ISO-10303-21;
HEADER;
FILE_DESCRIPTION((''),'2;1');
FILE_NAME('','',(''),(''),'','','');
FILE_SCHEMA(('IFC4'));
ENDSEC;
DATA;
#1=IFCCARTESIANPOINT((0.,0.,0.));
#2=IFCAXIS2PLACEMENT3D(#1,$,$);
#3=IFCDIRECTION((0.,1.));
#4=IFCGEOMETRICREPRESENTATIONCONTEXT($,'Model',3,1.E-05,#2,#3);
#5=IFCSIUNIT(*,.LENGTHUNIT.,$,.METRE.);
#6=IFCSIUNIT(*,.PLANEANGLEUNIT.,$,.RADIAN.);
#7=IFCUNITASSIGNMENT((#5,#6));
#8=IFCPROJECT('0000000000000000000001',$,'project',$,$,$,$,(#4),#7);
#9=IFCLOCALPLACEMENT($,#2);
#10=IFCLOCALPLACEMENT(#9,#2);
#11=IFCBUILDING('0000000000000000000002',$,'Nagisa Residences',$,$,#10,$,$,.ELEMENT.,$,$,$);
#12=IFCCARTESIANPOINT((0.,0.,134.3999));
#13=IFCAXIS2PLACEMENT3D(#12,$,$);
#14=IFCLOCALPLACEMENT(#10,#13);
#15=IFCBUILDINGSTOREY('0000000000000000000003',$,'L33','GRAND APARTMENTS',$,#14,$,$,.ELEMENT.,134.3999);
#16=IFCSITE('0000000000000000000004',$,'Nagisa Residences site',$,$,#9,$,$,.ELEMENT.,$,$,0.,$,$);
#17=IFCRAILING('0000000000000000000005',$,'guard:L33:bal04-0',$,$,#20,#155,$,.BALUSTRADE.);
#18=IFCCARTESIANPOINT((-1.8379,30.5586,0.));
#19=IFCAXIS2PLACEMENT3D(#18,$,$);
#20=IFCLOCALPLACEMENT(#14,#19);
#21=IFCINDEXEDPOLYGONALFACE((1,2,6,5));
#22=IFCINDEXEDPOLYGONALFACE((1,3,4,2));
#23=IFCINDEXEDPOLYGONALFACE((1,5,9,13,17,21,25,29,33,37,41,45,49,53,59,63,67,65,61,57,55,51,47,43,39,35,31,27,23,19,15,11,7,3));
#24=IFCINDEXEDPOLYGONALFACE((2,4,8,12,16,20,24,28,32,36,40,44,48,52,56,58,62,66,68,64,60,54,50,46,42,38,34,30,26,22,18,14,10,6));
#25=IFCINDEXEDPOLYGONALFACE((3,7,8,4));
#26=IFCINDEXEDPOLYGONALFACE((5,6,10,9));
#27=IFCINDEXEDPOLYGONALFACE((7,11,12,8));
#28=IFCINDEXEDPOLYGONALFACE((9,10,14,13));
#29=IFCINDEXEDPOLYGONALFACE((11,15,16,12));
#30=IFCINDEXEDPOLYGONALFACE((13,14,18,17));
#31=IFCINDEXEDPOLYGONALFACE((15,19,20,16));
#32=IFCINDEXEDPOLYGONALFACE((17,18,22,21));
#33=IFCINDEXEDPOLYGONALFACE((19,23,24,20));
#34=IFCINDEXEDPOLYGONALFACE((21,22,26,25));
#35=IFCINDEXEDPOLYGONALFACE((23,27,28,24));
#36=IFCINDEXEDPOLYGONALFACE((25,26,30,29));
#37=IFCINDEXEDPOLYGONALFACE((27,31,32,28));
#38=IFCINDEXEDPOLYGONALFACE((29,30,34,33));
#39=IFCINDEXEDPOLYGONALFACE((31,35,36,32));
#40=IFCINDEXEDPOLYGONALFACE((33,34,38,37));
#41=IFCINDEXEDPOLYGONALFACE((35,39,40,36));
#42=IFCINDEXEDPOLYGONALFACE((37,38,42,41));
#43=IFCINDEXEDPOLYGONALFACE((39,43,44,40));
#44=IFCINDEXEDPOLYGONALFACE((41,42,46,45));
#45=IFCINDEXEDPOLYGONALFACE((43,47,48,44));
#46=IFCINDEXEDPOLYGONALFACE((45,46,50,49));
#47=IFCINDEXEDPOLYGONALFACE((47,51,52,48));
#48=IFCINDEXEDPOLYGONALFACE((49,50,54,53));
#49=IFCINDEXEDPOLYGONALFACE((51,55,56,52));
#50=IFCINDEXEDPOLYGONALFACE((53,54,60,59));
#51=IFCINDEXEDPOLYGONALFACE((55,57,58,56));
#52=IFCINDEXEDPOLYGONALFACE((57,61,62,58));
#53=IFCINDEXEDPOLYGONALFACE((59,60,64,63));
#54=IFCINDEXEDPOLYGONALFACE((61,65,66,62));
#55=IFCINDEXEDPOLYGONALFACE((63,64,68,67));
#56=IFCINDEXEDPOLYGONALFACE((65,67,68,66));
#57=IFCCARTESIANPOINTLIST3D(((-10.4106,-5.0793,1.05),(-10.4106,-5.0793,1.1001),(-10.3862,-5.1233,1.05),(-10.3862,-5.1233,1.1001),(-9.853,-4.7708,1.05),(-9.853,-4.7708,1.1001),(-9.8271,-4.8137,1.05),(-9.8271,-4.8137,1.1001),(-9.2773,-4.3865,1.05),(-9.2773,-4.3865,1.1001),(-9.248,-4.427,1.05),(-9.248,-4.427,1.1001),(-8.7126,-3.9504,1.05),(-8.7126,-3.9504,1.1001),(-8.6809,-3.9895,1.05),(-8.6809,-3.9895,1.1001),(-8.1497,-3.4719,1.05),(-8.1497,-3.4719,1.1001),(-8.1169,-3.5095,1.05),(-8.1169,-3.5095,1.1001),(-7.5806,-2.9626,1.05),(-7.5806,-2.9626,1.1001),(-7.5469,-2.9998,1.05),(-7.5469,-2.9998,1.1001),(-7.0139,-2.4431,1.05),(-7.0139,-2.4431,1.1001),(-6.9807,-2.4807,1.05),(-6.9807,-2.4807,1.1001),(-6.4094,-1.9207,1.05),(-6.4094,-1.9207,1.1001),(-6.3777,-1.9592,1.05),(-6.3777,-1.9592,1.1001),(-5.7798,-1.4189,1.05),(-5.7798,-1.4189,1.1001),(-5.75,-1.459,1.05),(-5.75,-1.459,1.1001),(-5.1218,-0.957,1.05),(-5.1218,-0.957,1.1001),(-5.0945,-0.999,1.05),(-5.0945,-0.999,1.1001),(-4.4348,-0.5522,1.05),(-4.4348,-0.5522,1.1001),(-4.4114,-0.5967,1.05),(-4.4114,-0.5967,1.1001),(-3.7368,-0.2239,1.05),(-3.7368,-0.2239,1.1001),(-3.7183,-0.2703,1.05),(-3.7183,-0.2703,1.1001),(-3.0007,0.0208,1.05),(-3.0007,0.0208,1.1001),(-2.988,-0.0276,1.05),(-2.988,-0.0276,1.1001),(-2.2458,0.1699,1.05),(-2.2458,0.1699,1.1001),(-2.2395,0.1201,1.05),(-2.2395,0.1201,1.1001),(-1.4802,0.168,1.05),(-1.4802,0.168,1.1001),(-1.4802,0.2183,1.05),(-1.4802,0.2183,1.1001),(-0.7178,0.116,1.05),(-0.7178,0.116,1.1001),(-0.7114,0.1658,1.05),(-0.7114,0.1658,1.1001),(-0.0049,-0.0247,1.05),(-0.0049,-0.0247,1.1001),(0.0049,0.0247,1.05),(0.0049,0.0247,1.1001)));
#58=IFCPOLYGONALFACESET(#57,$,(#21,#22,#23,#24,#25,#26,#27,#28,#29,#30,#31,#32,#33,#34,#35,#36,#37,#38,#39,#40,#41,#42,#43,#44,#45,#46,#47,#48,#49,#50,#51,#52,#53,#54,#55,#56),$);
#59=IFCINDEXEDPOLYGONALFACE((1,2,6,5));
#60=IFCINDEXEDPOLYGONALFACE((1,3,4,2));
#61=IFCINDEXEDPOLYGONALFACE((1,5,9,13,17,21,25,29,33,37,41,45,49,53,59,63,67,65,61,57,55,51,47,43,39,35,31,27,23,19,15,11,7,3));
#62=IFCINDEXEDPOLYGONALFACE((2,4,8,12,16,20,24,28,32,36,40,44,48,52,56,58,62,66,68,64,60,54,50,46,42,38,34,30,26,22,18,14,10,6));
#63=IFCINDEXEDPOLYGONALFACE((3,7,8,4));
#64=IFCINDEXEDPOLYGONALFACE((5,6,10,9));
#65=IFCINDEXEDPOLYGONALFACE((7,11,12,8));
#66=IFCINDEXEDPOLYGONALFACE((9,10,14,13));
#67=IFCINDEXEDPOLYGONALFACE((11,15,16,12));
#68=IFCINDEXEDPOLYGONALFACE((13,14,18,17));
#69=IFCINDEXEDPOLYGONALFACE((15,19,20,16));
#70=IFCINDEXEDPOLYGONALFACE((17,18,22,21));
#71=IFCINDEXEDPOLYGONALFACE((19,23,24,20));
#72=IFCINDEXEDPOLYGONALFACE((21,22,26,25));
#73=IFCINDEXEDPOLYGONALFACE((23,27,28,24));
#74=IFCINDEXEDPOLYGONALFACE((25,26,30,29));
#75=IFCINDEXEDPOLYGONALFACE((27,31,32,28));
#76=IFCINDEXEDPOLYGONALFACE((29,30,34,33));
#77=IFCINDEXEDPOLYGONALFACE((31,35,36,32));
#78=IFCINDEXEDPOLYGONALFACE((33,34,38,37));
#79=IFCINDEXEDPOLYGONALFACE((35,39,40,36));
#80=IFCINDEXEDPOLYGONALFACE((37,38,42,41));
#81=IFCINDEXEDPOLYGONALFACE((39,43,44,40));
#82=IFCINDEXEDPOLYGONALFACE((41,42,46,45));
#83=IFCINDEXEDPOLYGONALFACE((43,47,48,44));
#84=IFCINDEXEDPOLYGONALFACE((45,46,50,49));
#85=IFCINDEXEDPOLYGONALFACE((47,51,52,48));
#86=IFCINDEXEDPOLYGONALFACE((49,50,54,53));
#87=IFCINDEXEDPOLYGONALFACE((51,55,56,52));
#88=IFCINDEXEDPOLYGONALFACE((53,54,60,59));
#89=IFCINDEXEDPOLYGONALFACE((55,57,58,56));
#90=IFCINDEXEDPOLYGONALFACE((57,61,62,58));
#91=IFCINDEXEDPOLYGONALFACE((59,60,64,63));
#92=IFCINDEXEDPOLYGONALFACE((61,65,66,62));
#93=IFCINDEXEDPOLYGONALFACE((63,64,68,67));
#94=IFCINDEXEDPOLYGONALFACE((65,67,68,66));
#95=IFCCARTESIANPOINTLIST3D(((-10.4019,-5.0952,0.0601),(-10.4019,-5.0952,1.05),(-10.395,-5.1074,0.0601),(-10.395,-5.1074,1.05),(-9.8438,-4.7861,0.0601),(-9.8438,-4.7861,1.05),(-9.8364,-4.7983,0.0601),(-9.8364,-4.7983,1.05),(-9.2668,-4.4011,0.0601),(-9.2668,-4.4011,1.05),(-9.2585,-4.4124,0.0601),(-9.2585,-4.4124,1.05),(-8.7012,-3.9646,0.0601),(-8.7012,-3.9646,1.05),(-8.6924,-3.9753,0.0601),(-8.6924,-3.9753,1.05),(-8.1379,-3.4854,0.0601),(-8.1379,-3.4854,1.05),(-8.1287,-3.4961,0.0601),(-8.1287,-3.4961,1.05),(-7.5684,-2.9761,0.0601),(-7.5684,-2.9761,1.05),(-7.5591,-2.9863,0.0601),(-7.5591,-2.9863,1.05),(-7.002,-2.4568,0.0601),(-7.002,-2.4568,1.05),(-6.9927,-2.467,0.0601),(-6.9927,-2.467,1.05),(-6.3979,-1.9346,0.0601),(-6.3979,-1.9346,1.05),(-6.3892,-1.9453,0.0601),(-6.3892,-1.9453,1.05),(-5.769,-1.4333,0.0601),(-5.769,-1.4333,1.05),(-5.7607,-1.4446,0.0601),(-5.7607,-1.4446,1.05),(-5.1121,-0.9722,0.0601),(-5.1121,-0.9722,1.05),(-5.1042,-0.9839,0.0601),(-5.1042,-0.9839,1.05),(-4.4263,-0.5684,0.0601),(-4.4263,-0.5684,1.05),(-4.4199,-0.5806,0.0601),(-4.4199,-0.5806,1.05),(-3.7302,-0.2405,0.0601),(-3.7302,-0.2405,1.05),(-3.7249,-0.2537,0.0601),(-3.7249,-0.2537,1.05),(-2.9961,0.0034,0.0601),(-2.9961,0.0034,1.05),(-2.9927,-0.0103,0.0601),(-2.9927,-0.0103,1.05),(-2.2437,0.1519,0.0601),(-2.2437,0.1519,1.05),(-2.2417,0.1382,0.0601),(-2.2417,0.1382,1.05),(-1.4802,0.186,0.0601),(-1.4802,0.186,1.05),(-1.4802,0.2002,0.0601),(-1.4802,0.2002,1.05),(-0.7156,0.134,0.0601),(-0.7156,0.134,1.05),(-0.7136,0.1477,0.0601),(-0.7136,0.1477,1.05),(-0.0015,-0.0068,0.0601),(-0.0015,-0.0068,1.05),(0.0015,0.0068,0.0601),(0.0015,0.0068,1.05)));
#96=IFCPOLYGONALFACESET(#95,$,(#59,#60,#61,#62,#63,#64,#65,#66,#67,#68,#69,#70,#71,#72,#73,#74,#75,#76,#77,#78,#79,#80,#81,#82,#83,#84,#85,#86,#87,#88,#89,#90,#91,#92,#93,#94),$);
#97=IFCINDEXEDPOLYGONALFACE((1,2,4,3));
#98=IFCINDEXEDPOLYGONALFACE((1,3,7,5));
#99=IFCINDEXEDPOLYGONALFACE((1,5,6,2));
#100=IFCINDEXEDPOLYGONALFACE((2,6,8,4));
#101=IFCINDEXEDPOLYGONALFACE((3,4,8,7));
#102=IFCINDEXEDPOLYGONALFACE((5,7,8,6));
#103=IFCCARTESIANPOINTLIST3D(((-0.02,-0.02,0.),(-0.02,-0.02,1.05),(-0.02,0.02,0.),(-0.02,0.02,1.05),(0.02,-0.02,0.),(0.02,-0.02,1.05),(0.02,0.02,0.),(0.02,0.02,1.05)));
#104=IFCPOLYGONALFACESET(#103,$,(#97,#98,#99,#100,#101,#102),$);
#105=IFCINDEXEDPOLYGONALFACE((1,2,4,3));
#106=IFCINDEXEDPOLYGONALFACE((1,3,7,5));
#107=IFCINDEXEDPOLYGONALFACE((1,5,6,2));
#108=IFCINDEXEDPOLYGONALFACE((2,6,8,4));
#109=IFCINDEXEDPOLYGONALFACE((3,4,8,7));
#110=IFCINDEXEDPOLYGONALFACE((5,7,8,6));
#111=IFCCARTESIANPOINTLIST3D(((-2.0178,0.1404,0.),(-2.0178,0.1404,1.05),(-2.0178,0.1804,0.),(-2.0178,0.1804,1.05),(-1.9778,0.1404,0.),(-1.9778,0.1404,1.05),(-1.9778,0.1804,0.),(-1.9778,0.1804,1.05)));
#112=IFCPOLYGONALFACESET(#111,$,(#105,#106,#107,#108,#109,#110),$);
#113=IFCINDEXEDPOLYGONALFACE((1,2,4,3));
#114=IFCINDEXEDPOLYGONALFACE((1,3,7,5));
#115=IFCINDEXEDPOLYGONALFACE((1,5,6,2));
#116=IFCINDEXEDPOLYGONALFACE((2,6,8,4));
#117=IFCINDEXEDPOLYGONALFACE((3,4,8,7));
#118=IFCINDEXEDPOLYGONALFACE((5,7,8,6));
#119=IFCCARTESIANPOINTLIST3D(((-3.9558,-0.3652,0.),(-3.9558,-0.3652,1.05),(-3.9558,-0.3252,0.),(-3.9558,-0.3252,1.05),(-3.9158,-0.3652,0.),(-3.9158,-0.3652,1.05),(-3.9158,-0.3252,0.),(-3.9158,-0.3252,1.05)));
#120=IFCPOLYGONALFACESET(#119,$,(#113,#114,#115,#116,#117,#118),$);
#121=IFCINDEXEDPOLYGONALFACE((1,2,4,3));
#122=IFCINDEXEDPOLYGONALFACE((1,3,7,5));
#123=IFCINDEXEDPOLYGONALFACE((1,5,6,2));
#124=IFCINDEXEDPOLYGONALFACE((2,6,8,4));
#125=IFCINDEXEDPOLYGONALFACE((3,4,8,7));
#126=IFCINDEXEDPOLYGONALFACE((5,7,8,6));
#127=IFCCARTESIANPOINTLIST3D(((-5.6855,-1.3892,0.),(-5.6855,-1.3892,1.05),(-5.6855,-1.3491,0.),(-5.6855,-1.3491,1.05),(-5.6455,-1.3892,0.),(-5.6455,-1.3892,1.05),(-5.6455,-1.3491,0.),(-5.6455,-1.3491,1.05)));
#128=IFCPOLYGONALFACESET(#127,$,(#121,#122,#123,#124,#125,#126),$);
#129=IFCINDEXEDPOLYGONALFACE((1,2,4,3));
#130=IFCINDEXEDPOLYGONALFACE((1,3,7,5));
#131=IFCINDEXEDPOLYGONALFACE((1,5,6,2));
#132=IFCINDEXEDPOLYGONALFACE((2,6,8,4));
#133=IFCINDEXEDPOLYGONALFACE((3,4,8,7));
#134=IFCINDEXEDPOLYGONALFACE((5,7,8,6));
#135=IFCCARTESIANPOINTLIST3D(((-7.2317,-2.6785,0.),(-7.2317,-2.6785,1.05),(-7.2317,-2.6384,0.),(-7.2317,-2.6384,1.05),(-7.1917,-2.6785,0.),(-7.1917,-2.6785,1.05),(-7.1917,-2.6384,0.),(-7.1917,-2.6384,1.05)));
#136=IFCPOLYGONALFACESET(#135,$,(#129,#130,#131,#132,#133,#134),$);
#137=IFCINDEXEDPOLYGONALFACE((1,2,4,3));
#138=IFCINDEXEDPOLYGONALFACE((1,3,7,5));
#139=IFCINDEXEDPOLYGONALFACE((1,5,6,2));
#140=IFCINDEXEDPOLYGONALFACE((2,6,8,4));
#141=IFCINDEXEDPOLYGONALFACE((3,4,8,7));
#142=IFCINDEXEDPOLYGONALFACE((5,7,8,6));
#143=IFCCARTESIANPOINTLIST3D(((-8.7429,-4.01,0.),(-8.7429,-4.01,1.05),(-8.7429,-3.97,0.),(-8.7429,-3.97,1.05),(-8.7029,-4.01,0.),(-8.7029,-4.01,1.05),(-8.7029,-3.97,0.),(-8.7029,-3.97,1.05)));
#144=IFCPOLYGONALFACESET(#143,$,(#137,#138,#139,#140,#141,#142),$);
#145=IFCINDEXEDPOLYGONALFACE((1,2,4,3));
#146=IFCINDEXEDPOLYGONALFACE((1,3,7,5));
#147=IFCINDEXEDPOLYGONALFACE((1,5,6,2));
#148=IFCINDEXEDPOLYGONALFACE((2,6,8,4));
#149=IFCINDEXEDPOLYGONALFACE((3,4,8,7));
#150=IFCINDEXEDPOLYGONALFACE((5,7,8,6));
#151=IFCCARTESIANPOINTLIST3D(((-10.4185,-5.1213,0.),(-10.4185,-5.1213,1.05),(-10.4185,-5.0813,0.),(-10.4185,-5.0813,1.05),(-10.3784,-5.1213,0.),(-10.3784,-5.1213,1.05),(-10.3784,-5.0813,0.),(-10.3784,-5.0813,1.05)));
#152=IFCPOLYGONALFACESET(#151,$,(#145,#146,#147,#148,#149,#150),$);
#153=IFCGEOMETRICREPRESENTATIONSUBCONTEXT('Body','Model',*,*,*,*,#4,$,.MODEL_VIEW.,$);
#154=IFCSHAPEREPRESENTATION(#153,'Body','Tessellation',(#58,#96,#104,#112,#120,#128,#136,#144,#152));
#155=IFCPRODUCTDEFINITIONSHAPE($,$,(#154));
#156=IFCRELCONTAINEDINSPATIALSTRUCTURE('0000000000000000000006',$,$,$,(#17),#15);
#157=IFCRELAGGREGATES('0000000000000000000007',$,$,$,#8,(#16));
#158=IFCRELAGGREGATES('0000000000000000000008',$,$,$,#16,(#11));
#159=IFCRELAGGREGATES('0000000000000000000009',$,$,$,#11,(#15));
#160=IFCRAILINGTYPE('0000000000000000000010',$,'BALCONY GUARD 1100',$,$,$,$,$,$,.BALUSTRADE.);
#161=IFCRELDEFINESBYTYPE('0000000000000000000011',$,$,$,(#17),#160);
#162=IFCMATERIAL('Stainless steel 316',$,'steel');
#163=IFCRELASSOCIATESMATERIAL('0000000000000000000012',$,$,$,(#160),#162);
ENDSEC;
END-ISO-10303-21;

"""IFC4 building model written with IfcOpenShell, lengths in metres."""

from ifc_helpers import new_model, si_unit, direction, frame, origin, origin_2d, place, context, subcontext, project, spatial, polyline, rectangle, outline, extrude, material, type_object, element, save


model = new_model("IFC4")

# Units and contexts
model_context = context("Model", 3, precision=1e-05, world=origin(), true_north=direction((0.0, 1.0)))
body_context = subcontext(model_context, "Body", "Model", "MODEL_VIEW")
ifc_project = project(units=[si_unit("LENGTHUNIT", "METRE"), si_unit("PLANEANGLEUNIT", "RADIAN")], contexts=[model_context])

# Site, building, storey
site_placement = place(None, origin())
site = spatial("IfcSite", under=ifc_project, at=site_placement, Name="Nagisa Residences site", CompositionType="ELEMENT", RefElevation=0.0)
building_placement = place(site_placement, origin())
building = spatial("IfcBuilding", under=site, at=building_placement, Name="Nagisa Residences", CompositionType="ELEMENT")
storey_placement = place(building_placement, frame((0.0, 0.0, 134.3999)))
storey = spatial("IfcBuildingStorey", under=building, at=storey_placement, Name="L33", Description="GRAND APARTMENTS", CompositionType="ELEMENT", Elevation=134.3999)

# Railing
ifc_material_1 = material(Name="Stainless steel 316", Category="steel")
railing_type = type_object("IfcRailingType", Name="BALCONY GUARD 1100", PredefinedType="BALUSTRADE", material=ifc_material_1)
railing_placement = place(storey_placement, frame((-1.8379, 30.5586, 0.0)))
element("IfcRailing", 1, at=railing_placement, inside=storey, type_object=railing_type, Name="guard:L33:bal04-0", PredefinedType="BALUSTRADE", context=body_context, shape_type="SweptSolid", body=[
    extrude(outline(polyline([(-0.7178, 0.116), (-0.0049, -0.0247), (0.0049, 0.0247), (-0.7114, 0.1658), (-1.4802, 0.2183), (-2.2458, 0.1699), (-3.0007, 0.0208), (-3.7368, -0.2239), (-4.4348, -0.5522), (-5.1218, -0.957), (-5.7798, -1.4189), (-6.4094, -1.9207), (-7.0139, -2.4431), (-7.5806, -2.9626), (-8.1497, -3.4719), (-8.7126, -3.9504), (-9.2773, -4.3865), (-9.853, -4.7708), (-10.4106, -5.0793), (-10.3862, -5.1233), (-9.8271, -4.8137), (-9.248, -4.427), (-8.6809, -3.9895), (-8.1169, -3.5095), (-7.5469, -2.9998), (-6.9807, -2.4807), (-6.3777, -1.9592), (-5.75, -1.459), (-5.0945, -0.999), (-4.4114, -0.5967), (-3.7183, -0.2703), (-2.988, -0.0276), (-2.2395, 0.1201), (-1.4802, 0.168), (-0.7178, 0.116)])), frame((0.0, 0.0, 1.05)), (0.0, 0.0, 1.0), 0.05),
    extrude(outline(polyline([(-0.7156, 0.134), (-0.0015, -0.0068), (0.0015, 0.0068), (-0.7136, 0.1477), (-1.4802, 0.2002), (-2.2437, 0.1519), (-2.9961, 0.0034), (-3.7302, -0.2405), (-4.4263, -0.5684), (-5.1121, -0.9722), (-5.769, -1.4333), (-6.3979, -1.9346), (-7.002, -2.4568), (-7.5684, -2.9761), (-8.1379, -3.4854), (-8.7012, -3.9646), (-9.2668, -4.4011), (-9.8438, -4.7861), (-10.4019, -5.0952), (-10.395, -5.1074), (-9.8364, -4.7983), (-9.2585, -4.4124), (-8.6924, -3.9753), (-8.1287, -3.4961), (-7.5591, -2.9863), (-6.9927, -2.467), (-6.3892, -1.9453), (-5.7607, -1.4446), (-5.1042, -0.9839), (-4.4199, -0.5806), (-3.7249, -0.2537), (-2.9927, -0.0103), (-2.2417, 0.1382), (-1.4802, 0.186), (-0.7156, 0.134)])), frame((0.0, 0.0, 0.0601)), (0.0, 0.0, 1.0), 0.99),
    extrude(rectangle(XDim=0.04, YDim=0.04, at=origin_2d()), origin(), (0.0, 0.0, 1.0), 1.05),
    extrude(rectangle(XDim=0.04, YDim=0.04, at=origin_2d()), frame((-1.9978, 0.1604, 0.0)), (0.0, 0.0, 1.0), 1.05),
    extrude(rectangle(XDim=0.04, YDim=0.04, at=origin_2d()), frame((-3.9358, -0.3452, 0.0)), (0.0, 0.0, 1.0), 1.05),
    extrude(rectangle(XDim=0.04, YDim=0.04, at=origin_2d()), frame((-5.6655, -1.3691, 0.0)), (0.0, 0.0, 1.0), 1.05),
    extrude(rectangle(XDim=0.04, YDim=0.04, at=origin_2d()), frame((-7.2117, -2.6584, 0.0)), (0.0, 0.0, 1.0), 1.05),
    extrude(rectangle(XDim=0.04, YDim=0.04, at=origin_2d()), frame((-8.7229, -3.99, 0.0)), (0.0, 0.0, 1.0), 1.05),
    extrude(rectangle(XDim=0.04, YDim=0.04, at=origin_2d()), frame((-10.3984, -5.1013, 0.0)), (0.0, 0.0, 1.0), 1.05),
])

save(model, "model.ifc")
